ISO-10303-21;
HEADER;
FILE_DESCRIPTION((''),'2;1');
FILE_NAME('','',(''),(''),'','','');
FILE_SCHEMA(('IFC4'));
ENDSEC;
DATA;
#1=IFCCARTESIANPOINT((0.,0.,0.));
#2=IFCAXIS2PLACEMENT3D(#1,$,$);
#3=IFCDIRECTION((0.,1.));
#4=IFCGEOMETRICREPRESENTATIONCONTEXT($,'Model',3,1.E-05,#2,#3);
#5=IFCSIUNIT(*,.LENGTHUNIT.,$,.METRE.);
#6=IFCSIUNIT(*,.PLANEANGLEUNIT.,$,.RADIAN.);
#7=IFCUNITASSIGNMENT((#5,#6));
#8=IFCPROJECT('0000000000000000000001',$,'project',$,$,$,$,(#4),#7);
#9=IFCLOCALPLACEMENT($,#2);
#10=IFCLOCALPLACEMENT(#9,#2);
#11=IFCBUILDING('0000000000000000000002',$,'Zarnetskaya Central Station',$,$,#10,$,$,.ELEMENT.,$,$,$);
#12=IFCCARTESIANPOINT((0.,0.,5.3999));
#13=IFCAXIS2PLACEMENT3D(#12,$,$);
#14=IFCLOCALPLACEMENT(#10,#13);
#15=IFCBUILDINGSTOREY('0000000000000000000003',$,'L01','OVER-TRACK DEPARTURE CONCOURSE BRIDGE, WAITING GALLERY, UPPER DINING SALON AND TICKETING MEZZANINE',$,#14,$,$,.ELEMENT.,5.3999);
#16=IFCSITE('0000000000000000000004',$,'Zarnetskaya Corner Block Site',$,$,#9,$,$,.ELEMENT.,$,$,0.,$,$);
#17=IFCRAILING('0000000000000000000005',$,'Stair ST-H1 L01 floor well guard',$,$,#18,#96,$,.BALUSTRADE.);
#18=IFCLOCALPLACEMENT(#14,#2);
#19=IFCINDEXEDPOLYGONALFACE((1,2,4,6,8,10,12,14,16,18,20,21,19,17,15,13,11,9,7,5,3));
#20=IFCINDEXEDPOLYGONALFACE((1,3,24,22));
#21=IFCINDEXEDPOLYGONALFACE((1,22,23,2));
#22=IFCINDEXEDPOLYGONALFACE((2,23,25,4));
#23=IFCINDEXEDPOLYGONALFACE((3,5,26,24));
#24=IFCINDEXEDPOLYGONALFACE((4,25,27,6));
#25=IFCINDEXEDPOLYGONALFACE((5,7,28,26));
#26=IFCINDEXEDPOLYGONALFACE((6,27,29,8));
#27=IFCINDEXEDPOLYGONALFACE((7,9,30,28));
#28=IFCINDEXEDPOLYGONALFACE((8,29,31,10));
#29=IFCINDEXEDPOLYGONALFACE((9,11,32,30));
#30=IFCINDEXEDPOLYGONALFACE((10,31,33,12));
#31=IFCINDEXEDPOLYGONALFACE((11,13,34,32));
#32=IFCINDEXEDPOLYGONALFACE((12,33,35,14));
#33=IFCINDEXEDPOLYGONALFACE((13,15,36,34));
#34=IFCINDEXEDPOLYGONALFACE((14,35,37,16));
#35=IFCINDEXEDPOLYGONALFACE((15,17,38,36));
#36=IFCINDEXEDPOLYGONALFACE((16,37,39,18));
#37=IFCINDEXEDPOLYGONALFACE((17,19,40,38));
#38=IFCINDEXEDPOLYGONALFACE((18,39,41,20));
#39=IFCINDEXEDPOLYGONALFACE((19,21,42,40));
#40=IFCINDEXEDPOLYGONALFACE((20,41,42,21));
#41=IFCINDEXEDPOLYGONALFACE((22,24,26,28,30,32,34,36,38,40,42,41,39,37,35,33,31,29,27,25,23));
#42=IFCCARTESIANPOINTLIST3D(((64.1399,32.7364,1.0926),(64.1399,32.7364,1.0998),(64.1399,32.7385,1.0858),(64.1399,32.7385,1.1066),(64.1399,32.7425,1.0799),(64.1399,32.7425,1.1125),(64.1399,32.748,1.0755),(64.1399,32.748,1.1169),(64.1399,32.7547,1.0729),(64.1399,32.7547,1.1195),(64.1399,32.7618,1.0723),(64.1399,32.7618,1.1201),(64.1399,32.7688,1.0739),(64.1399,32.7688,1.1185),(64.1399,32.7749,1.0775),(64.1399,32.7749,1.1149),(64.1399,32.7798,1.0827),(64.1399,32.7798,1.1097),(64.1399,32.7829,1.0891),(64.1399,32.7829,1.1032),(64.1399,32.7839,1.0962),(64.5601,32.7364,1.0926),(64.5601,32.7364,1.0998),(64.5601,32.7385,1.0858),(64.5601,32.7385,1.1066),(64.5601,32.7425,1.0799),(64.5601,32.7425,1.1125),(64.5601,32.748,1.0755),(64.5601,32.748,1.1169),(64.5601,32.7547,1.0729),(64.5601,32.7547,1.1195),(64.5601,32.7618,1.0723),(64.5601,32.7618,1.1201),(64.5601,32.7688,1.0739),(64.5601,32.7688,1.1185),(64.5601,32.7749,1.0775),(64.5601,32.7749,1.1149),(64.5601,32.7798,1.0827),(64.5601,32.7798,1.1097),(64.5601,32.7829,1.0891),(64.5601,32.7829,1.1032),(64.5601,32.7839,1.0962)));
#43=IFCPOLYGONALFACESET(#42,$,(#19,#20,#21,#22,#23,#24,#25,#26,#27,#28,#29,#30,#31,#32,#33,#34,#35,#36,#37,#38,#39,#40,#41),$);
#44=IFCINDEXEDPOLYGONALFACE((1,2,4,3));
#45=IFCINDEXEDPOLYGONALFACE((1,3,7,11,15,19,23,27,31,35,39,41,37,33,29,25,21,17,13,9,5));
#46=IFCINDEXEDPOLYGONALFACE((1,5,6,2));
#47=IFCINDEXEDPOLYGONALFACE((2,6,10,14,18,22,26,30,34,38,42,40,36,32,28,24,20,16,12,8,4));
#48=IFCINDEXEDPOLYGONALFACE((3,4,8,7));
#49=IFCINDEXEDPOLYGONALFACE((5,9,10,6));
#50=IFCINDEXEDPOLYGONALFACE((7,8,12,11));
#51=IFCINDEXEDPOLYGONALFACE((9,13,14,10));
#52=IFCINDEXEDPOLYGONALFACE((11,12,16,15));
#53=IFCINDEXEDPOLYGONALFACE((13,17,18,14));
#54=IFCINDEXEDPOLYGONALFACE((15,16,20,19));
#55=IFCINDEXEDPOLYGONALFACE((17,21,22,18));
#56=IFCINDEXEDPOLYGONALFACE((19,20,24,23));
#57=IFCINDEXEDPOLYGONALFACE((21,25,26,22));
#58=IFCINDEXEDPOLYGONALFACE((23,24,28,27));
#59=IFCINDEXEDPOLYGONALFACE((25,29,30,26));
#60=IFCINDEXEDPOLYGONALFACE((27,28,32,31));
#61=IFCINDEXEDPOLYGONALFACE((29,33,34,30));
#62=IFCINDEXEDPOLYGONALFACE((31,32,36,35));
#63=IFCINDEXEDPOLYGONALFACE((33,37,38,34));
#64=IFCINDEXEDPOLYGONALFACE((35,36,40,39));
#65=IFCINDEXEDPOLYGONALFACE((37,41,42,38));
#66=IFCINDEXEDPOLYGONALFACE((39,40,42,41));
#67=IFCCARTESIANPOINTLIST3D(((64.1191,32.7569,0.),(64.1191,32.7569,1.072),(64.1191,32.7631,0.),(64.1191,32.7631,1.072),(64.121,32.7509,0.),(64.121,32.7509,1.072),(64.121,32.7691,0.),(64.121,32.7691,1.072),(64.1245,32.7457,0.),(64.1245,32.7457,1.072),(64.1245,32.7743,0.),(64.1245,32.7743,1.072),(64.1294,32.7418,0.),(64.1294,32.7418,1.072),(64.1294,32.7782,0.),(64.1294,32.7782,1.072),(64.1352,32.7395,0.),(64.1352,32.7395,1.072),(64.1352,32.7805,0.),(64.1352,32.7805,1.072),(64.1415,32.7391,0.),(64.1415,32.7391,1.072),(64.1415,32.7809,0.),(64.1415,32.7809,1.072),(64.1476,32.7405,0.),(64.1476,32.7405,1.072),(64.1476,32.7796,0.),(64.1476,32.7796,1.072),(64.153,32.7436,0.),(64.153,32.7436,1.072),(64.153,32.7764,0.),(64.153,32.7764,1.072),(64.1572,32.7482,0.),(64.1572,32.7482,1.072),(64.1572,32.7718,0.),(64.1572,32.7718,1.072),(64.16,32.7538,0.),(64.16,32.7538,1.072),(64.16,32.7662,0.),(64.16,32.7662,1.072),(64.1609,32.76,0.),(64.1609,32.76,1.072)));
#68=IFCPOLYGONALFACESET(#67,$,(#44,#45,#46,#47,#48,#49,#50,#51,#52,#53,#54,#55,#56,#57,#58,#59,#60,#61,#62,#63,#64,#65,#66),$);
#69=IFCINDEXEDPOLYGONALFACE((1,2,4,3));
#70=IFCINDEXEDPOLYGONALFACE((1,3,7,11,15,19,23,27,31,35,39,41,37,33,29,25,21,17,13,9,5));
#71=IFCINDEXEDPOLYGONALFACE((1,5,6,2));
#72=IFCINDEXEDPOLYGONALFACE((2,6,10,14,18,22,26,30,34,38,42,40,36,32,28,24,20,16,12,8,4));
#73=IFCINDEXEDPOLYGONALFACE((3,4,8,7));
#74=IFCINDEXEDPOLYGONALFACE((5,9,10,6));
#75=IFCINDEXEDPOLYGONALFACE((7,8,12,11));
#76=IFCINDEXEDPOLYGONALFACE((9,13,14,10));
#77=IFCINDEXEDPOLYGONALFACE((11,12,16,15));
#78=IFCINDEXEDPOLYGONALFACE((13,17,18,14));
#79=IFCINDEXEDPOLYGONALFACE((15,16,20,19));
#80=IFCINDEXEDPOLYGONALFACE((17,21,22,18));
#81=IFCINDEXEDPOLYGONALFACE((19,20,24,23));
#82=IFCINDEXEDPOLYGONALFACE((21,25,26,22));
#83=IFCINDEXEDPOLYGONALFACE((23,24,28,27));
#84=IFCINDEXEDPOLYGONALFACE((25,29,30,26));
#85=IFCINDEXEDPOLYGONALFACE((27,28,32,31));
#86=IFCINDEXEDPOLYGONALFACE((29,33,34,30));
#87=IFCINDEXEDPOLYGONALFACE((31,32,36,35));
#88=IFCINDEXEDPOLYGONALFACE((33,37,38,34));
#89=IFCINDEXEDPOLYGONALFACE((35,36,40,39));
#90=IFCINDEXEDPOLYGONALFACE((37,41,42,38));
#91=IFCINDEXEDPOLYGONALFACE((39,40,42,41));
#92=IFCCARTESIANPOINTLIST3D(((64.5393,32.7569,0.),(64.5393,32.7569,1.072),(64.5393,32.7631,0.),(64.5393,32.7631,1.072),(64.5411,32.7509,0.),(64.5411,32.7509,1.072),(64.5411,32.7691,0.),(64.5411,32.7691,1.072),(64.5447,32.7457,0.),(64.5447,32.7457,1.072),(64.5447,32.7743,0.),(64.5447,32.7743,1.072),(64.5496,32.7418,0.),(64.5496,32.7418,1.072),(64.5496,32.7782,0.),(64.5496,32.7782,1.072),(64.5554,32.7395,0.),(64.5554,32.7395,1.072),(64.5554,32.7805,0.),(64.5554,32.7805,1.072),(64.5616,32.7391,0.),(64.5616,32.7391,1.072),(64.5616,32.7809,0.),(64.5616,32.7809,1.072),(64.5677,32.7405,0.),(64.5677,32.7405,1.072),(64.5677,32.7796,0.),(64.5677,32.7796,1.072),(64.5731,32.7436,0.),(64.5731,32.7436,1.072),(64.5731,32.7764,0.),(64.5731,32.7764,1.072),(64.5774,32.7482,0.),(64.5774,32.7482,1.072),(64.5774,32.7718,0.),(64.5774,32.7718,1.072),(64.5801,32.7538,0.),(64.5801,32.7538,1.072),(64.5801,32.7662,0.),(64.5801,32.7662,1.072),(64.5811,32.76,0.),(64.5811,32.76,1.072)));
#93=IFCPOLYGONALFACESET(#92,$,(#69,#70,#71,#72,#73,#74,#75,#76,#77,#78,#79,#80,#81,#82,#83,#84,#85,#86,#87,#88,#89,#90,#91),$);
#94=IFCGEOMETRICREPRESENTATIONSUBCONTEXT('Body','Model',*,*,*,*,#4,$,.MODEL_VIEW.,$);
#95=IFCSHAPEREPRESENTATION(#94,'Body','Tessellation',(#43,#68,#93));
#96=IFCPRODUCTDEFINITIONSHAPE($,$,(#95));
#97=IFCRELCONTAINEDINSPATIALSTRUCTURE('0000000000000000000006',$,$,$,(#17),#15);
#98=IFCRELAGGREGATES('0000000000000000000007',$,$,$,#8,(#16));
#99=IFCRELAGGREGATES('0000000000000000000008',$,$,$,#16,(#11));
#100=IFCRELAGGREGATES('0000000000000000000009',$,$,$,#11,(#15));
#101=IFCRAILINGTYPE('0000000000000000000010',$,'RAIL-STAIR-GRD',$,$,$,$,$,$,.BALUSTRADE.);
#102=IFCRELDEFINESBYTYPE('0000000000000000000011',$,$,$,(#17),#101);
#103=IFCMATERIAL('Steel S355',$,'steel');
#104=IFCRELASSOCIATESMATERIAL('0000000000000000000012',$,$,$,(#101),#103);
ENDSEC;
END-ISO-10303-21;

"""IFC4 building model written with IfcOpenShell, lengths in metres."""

from ifc_helpers import new_model, si_unit, direction, frame, origin, origin_2d, place, context, subcontext, project, spatial, circle, extrude, material, type_object, element, save


model = new_model("IFC4")

# Units and contexts
model_context = context("Model", 3, precision=1e-05, world=origin(), true_north=direction((0.0, 1.0)))
body_context = subcontext(model_context, "Body", "Model", "MODEL_VIEW")
ifc_project = project(units=[si_unit("LENGTHUNIT", "METRE"), si_unit("PLANEANGLEUNIT", "RADIAN")], contexts=[model_context])

# Site, building, storey
site_placement = place(None, origin())
site = spatial("IfcSite", under=ifc_project, at=site_placement, Name="Zarnetskaya Corner Block Site", CompositionType="ELEMENT", RefElevation=0.0)
building_placement = place(site_placement, origin())
building = spatial("IfcBuilding", under=site, at=building_placement, Name="Zarnetskaya Central Station", CompositionType="ELEMENT")
storey_placement = place(building_placement, frame((0.0, 0.0, 5.3999)))
storey = spatial("IfcBuildingStorey", under=building, at=storey_placement, Name="L01", Description="OVER-TRACK DEPARTURE CONCOURSE BRIDGE, WAITING GALLERY, UPPER DINING SALON AND TICKETING MEZZANINE", CompositionType="ELEMENT", Elevation=5.3999)

# Shared definitions
ifc_material_1 = material(Name="Steel S355", Category="steel")

# Railing
railing_type_1 = type_object("IfcRailingType", Name="RAIL-STAIR-GRD", PredefinedType="BALUSTRADE", material=ifc_material_1)
railing_1_placement = place(storey_placement, frame((64.1399, 32.76, 0.0)))
element("IfcRailing", 1, at=railing_1_placement, inside=storey, type_object=railing_type_1, Name="Stair ST-H1 L01 floor well guard", PredefinedType="BALUSTRADE", context=body_context, shape_type="SweptSolid", body=[
    extrude(circle(Radius=0.0239, at=origin_2d()), frame((0.0, 0.0, 1.0962), z_axis=(1.0, 0.0, 0.0), x_axis=(0.0, 1.0, 0.0)), (0.0, 0.0, 1.0), 0.4202),
    extrude(circle(Radius=0.021, at=origin_2d()), origin(), (0.0, 0.0, 1.0), 1.072),
    extrude(circle(Radius=0.021, at=origin_2d()), frame((0.4202, 0.0, 0.0)), (0.0, 0.0, 1.0), 1.072),
])

save(model, "model.ifc")
